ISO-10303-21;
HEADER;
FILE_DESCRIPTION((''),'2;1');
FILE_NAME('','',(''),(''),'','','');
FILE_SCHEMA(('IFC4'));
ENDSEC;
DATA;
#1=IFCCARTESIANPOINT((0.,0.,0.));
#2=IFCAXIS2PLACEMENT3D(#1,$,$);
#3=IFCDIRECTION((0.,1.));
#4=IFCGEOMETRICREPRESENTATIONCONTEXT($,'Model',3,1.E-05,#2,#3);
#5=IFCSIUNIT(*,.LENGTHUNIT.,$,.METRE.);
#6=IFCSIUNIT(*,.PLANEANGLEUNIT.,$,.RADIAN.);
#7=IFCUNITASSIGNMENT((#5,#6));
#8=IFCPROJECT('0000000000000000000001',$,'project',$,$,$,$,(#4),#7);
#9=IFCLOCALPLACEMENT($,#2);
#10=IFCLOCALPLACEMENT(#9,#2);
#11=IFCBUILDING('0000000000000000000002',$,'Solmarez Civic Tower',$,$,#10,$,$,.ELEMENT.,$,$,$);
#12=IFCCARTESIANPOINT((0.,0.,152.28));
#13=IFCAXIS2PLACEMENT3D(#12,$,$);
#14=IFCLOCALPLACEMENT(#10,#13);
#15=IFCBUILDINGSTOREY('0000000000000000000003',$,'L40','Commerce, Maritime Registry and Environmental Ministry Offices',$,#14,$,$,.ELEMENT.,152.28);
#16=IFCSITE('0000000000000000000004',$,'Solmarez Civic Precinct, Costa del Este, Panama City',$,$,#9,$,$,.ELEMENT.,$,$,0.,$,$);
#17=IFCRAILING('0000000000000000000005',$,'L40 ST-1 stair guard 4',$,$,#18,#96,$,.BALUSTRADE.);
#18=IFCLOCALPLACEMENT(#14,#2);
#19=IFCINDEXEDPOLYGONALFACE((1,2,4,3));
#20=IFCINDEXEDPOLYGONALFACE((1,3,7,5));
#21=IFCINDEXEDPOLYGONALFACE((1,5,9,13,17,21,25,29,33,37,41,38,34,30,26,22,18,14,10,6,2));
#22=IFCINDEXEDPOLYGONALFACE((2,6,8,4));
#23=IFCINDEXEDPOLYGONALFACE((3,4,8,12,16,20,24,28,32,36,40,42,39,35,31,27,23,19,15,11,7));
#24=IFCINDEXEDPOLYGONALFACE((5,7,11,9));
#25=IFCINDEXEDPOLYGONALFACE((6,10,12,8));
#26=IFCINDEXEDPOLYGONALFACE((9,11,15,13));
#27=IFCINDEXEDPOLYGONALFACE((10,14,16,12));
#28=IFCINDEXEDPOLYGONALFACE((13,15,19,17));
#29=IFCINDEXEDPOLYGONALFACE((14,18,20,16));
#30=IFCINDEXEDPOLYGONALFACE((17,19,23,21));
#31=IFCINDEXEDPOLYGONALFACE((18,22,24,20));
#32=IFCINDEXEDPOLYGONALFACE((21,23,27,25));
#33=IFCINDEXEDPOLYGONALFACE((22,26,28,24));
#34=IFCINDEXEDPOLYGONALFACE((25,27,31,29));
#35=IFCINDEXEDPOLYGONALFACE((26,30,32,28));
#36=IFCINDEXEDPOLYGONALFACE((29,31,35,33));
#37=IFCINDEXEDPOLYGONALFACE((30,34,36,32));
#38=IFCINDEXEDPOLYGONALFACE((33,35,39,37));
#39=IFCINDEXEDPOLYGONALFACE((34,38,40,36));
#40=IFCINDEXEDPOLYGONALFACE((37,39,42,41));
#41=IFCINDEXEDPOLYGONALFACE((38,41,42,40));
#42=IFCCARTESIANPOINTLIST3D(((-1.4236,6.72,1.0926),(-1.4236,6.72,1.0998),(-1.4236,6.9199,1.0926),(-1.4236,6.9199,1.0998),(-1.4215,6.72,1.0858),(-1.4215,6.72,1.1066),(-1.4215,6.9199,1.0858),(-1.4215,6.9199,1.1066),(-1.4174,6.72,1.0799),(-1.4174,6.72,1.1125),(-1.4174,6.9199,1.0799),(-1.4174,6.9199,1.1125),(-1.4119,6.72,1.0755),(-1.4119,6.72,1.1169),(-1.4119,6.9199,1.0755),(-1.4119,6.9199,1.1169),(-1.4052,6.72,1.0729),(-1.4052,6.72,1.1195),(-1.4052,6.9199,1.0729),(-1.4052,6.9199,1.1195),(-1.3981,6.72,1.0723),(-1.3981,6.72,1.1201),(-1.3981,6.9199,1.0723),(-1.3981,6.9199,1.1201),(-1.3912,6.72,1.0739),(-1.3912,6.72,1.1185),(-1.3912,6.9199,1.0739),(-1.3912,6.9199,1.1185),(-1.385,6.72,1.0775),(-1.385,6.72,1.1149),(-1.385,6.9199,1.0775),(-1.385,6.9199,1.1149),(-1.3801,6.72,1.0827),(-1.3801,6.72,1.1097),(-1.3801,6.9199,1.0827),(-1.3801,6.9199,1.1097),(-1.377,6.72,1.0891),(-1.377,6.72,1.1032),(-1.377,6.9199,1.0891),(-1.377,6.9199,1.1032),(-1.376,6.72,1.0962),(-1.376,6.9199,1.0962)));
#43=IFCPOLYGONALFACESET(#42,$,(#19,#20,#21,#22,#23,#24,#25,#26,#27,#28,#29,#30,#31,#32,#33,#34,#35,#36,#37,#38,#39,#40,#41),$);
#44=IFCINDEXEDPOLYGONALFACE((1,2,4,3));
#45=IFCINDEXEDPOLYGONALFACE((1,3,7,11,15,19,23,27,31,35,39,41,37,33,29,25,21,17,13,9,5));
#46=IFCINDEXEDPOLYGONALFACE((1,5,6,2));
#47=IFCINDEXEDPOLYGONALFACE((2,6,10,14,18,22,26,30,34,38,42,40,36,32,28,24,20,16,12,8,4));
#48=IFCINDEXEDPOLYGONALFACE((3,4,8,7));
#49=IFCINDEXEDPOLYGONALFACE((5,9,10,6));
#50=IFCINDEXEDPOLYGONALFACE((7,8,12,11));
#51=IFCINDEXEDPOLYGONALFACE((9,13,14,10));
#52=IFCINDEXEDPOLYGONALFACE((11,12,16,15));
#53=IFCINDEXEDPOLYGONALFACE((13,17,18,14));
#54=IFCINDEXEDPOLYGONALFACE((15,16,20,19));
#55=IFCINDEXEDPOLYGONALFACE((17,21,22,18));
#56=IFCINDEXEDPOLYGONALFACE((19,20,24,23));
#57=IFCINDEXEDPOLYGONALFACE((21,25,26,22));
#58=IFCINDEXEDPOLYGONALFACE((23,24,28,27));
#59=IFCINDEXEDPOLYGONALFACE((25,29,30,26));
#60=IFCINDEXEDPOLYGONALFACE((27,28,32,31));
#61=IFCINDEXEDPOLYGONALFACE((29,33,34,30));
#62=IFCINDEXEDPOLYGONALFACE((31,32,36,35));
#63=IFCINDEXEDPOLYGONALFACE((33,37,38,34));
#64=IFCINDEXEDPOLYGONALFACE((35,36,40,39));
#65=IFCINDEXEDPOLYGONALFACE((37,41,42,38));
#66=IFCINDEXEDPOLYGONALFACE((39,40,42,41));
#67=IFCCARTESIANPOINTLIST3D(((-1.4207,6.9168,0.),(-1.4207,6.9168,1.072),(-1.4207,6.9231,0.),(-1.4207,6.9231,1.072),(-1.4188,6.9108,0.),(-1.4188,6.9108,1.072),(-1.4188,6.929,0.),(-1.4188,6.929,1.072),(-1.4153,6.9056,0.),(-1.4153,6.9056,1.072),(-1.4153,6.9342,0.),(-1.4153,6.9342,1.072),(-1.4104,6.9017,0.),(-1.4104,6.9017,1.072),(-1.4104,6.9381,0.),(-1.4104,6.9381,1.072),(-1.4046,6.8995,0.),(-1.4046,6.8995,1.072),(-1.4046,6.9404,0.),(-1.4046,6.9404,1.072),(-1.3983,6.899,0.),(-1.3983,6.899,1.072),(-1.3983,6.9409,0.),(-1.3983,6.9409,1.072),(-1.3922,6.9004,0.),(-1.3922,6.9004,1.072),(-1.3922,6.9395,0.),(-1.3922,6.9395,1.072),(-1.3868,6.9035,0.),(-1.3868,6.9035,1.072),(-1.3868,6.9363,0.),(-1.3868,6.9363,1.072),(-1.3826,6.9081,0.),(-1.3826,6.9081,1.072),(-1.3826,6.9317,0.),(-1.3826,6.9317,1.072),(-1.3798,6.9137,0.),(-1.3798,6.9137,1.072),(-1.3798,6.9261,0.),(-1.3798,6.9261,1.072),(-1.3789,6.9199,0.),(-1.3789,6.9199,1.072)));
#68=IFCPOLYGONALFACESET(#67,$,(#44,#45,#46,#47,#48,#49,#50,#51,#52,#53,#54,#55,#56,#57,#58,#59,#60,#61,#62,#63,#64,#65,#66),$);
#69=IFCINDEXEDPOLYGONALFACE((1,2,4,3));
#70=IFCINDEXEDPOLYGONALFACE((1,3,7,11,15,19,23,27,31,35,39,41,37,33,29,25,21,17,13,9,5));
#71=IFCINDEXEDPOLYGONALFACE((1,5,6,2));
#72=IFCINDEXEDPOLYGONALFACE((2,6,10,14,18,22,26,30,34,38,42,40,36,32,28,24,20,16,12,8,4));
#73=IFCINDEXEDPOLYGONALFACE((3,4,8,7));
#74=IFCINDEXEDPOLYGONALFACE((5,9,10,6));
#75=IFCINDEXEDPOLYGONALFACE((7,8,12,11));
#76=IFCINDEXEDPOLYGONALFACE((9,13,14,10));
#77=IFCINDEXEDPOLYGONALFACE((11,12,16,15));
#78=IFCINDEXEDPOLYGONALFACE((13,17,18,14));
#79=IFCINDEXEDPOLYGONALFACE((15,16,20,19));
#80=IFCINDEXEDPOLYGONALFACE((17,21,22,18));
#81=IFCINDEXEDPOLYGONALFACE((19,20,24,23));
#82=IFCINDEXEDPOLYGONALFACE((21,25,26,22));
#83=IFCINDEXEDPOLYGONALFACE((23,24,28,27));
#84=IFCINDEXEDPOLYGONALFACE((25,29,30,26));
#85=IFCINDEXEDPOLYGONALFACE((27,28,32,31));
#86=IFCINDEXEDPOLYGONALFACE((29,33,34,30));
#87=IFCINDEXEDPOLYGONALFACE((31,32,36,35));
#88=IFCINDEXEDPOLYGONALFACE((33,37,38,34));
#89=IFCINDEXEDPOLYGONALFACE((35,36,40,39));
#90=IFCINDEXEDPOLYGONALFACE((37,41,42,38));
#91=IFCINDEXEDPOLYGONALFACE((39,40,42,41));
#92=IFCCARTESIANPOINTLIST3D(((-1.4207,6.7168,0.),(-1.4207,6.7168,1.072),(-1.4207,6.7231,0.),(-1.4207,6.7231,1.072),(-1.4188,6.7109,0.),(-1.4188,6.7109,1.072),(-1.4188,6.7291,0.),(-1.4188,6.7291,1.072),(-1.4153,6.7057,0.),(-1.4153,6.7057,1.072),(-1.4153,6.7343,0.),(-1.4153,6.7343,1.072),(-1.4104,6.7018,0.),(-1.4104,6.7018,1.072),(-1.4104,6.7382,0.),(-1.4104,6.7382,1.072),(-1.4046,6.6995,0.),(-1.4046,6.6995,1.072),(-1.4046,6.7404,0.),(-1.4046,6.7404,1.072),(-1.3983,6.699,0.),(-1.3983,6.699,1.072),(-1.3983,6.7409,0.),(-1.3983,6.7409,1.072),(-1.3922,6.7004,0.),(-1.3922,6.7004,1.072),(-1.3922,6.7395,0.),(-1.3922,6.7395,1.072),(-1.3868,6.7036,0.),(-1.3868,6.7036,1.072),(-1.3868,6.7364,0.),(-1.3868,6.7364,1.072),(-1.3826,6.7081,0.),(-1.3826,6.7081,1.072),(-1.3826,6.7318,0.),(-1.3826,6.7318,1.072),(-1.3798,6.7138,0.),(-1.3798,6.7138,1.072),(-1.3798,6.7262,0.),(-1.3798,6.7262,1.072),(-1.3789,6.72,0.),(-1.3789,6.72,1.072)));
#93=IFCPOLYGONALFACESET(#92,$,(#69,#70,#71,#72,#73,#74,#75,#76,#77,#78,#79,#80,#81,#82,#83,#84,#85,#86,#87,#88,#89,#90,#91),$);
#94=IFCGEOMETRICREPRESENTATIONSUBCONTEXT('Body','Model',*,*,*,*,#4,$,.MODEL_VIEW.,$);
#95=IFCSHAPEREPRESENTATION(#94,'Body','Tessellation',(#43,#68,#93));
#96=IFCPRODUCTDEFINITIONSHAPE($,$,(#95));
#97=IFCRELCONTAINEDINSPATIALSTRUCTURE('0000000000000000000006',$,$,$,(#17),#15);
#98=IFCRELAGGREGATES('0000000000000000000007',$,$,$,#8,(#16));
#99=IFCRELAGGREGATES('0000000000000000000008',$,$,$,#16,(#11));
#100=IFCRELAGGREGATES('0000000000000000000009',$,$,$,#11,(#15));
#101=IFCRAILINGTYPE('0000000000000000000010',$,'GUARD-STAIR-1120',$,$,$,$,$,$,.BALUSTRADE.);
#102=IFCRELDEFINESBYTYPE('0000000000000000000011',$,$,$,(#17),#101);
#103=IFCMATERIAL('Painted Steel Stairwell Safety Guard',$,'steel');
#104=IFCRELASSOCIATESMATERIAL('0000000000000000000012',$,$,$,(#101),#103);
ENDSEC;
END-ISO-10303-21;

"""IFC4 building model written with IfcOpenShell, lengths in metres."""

from ifc_helpers import new_model, si_unit, direction, frame, origin, origin_2d, place, context, subcontext, project, spatial, circle, extrude, material, type_object, element, save


model = new_model("IFC4")

# Units and contexts
model_context = context("Model", 3, precision=1e-05, world=origin(), true_north=direction((0.0, 1.0)))
body_context = subcontext(model_context, "Body", "Model", "MODEL_VIEW")
ifc_project = project(units=[si_unit("LENGTHUNIT", "METRE"), si_unit("PLANEANGLEUNIT", "RADIAN")], contexts=[model_context])

# Site, building, storey
site_placement = place(None, origin())
site = spatial("IfcSite", under=ifc_project, at=site_placement, Name="Solmarez Civic Precinct, Costa del Este, Panama City", CompositionType="ELEMENT", RefElevation=0.0)
building_placement = place(site_placement, origin())
building = spatial("IfcBuilding", under=site, at=building_placement, Name="Solmarez Civic Tower", CompositionType="ELEMENT")
storey_placement = place(building_placement, frame((0.0, 0.0, 152.28)))
storey = spatial("IfcBuildingStorey", under=building, at=storey_placement, Name="L40", Description="Commerce, Maritime Registry and Environmental Ministry Offices", CompositionType="ELEMENT", Elevation=152.28)

# Railing
ifc_material_1 = material(Name="Painted Steel Stairwell Safety Guard", Category="steel")
railing_type_1 = type_object("IfcRailingType", Name="GUARD-STAIR-1120", PredefinedType="BALUSTRADE", material=ifc_material_1)
railing_1_placement = place(storey_placement, frame((-1.3999, 6.9199, 0.0)))
element("IfcRailing", 1, at=railing_1_placement, inside=storey, type_object=railing_type_1, Name="L40 ST-1 stair guard 4", PredefinedType="BALUSTRADE", context=body_context, shape_type="SweptSolid", body=[
    extrude(circle(Radius=0.0239, at=origin_2d()), frame((0.0, 0.0, 1.0962), z_axis=(0.0, -1.0, 0.0), x_axis=(1.0, 0.0, 0.0)), (0.0, 0.0, 1.0), 0.2),
    extrude(circle(Radius=0.021, at=origin_2d()), origin(), (0.0, 0.0, 1.0), 1.072),
    extrude(circle(Radius=0.021, at=origin_2d()), frame((0.0, -0.2, 0.0)), (0.0, 0.0, 1.0), 1.072),
])

save(model, "model.ifc")
